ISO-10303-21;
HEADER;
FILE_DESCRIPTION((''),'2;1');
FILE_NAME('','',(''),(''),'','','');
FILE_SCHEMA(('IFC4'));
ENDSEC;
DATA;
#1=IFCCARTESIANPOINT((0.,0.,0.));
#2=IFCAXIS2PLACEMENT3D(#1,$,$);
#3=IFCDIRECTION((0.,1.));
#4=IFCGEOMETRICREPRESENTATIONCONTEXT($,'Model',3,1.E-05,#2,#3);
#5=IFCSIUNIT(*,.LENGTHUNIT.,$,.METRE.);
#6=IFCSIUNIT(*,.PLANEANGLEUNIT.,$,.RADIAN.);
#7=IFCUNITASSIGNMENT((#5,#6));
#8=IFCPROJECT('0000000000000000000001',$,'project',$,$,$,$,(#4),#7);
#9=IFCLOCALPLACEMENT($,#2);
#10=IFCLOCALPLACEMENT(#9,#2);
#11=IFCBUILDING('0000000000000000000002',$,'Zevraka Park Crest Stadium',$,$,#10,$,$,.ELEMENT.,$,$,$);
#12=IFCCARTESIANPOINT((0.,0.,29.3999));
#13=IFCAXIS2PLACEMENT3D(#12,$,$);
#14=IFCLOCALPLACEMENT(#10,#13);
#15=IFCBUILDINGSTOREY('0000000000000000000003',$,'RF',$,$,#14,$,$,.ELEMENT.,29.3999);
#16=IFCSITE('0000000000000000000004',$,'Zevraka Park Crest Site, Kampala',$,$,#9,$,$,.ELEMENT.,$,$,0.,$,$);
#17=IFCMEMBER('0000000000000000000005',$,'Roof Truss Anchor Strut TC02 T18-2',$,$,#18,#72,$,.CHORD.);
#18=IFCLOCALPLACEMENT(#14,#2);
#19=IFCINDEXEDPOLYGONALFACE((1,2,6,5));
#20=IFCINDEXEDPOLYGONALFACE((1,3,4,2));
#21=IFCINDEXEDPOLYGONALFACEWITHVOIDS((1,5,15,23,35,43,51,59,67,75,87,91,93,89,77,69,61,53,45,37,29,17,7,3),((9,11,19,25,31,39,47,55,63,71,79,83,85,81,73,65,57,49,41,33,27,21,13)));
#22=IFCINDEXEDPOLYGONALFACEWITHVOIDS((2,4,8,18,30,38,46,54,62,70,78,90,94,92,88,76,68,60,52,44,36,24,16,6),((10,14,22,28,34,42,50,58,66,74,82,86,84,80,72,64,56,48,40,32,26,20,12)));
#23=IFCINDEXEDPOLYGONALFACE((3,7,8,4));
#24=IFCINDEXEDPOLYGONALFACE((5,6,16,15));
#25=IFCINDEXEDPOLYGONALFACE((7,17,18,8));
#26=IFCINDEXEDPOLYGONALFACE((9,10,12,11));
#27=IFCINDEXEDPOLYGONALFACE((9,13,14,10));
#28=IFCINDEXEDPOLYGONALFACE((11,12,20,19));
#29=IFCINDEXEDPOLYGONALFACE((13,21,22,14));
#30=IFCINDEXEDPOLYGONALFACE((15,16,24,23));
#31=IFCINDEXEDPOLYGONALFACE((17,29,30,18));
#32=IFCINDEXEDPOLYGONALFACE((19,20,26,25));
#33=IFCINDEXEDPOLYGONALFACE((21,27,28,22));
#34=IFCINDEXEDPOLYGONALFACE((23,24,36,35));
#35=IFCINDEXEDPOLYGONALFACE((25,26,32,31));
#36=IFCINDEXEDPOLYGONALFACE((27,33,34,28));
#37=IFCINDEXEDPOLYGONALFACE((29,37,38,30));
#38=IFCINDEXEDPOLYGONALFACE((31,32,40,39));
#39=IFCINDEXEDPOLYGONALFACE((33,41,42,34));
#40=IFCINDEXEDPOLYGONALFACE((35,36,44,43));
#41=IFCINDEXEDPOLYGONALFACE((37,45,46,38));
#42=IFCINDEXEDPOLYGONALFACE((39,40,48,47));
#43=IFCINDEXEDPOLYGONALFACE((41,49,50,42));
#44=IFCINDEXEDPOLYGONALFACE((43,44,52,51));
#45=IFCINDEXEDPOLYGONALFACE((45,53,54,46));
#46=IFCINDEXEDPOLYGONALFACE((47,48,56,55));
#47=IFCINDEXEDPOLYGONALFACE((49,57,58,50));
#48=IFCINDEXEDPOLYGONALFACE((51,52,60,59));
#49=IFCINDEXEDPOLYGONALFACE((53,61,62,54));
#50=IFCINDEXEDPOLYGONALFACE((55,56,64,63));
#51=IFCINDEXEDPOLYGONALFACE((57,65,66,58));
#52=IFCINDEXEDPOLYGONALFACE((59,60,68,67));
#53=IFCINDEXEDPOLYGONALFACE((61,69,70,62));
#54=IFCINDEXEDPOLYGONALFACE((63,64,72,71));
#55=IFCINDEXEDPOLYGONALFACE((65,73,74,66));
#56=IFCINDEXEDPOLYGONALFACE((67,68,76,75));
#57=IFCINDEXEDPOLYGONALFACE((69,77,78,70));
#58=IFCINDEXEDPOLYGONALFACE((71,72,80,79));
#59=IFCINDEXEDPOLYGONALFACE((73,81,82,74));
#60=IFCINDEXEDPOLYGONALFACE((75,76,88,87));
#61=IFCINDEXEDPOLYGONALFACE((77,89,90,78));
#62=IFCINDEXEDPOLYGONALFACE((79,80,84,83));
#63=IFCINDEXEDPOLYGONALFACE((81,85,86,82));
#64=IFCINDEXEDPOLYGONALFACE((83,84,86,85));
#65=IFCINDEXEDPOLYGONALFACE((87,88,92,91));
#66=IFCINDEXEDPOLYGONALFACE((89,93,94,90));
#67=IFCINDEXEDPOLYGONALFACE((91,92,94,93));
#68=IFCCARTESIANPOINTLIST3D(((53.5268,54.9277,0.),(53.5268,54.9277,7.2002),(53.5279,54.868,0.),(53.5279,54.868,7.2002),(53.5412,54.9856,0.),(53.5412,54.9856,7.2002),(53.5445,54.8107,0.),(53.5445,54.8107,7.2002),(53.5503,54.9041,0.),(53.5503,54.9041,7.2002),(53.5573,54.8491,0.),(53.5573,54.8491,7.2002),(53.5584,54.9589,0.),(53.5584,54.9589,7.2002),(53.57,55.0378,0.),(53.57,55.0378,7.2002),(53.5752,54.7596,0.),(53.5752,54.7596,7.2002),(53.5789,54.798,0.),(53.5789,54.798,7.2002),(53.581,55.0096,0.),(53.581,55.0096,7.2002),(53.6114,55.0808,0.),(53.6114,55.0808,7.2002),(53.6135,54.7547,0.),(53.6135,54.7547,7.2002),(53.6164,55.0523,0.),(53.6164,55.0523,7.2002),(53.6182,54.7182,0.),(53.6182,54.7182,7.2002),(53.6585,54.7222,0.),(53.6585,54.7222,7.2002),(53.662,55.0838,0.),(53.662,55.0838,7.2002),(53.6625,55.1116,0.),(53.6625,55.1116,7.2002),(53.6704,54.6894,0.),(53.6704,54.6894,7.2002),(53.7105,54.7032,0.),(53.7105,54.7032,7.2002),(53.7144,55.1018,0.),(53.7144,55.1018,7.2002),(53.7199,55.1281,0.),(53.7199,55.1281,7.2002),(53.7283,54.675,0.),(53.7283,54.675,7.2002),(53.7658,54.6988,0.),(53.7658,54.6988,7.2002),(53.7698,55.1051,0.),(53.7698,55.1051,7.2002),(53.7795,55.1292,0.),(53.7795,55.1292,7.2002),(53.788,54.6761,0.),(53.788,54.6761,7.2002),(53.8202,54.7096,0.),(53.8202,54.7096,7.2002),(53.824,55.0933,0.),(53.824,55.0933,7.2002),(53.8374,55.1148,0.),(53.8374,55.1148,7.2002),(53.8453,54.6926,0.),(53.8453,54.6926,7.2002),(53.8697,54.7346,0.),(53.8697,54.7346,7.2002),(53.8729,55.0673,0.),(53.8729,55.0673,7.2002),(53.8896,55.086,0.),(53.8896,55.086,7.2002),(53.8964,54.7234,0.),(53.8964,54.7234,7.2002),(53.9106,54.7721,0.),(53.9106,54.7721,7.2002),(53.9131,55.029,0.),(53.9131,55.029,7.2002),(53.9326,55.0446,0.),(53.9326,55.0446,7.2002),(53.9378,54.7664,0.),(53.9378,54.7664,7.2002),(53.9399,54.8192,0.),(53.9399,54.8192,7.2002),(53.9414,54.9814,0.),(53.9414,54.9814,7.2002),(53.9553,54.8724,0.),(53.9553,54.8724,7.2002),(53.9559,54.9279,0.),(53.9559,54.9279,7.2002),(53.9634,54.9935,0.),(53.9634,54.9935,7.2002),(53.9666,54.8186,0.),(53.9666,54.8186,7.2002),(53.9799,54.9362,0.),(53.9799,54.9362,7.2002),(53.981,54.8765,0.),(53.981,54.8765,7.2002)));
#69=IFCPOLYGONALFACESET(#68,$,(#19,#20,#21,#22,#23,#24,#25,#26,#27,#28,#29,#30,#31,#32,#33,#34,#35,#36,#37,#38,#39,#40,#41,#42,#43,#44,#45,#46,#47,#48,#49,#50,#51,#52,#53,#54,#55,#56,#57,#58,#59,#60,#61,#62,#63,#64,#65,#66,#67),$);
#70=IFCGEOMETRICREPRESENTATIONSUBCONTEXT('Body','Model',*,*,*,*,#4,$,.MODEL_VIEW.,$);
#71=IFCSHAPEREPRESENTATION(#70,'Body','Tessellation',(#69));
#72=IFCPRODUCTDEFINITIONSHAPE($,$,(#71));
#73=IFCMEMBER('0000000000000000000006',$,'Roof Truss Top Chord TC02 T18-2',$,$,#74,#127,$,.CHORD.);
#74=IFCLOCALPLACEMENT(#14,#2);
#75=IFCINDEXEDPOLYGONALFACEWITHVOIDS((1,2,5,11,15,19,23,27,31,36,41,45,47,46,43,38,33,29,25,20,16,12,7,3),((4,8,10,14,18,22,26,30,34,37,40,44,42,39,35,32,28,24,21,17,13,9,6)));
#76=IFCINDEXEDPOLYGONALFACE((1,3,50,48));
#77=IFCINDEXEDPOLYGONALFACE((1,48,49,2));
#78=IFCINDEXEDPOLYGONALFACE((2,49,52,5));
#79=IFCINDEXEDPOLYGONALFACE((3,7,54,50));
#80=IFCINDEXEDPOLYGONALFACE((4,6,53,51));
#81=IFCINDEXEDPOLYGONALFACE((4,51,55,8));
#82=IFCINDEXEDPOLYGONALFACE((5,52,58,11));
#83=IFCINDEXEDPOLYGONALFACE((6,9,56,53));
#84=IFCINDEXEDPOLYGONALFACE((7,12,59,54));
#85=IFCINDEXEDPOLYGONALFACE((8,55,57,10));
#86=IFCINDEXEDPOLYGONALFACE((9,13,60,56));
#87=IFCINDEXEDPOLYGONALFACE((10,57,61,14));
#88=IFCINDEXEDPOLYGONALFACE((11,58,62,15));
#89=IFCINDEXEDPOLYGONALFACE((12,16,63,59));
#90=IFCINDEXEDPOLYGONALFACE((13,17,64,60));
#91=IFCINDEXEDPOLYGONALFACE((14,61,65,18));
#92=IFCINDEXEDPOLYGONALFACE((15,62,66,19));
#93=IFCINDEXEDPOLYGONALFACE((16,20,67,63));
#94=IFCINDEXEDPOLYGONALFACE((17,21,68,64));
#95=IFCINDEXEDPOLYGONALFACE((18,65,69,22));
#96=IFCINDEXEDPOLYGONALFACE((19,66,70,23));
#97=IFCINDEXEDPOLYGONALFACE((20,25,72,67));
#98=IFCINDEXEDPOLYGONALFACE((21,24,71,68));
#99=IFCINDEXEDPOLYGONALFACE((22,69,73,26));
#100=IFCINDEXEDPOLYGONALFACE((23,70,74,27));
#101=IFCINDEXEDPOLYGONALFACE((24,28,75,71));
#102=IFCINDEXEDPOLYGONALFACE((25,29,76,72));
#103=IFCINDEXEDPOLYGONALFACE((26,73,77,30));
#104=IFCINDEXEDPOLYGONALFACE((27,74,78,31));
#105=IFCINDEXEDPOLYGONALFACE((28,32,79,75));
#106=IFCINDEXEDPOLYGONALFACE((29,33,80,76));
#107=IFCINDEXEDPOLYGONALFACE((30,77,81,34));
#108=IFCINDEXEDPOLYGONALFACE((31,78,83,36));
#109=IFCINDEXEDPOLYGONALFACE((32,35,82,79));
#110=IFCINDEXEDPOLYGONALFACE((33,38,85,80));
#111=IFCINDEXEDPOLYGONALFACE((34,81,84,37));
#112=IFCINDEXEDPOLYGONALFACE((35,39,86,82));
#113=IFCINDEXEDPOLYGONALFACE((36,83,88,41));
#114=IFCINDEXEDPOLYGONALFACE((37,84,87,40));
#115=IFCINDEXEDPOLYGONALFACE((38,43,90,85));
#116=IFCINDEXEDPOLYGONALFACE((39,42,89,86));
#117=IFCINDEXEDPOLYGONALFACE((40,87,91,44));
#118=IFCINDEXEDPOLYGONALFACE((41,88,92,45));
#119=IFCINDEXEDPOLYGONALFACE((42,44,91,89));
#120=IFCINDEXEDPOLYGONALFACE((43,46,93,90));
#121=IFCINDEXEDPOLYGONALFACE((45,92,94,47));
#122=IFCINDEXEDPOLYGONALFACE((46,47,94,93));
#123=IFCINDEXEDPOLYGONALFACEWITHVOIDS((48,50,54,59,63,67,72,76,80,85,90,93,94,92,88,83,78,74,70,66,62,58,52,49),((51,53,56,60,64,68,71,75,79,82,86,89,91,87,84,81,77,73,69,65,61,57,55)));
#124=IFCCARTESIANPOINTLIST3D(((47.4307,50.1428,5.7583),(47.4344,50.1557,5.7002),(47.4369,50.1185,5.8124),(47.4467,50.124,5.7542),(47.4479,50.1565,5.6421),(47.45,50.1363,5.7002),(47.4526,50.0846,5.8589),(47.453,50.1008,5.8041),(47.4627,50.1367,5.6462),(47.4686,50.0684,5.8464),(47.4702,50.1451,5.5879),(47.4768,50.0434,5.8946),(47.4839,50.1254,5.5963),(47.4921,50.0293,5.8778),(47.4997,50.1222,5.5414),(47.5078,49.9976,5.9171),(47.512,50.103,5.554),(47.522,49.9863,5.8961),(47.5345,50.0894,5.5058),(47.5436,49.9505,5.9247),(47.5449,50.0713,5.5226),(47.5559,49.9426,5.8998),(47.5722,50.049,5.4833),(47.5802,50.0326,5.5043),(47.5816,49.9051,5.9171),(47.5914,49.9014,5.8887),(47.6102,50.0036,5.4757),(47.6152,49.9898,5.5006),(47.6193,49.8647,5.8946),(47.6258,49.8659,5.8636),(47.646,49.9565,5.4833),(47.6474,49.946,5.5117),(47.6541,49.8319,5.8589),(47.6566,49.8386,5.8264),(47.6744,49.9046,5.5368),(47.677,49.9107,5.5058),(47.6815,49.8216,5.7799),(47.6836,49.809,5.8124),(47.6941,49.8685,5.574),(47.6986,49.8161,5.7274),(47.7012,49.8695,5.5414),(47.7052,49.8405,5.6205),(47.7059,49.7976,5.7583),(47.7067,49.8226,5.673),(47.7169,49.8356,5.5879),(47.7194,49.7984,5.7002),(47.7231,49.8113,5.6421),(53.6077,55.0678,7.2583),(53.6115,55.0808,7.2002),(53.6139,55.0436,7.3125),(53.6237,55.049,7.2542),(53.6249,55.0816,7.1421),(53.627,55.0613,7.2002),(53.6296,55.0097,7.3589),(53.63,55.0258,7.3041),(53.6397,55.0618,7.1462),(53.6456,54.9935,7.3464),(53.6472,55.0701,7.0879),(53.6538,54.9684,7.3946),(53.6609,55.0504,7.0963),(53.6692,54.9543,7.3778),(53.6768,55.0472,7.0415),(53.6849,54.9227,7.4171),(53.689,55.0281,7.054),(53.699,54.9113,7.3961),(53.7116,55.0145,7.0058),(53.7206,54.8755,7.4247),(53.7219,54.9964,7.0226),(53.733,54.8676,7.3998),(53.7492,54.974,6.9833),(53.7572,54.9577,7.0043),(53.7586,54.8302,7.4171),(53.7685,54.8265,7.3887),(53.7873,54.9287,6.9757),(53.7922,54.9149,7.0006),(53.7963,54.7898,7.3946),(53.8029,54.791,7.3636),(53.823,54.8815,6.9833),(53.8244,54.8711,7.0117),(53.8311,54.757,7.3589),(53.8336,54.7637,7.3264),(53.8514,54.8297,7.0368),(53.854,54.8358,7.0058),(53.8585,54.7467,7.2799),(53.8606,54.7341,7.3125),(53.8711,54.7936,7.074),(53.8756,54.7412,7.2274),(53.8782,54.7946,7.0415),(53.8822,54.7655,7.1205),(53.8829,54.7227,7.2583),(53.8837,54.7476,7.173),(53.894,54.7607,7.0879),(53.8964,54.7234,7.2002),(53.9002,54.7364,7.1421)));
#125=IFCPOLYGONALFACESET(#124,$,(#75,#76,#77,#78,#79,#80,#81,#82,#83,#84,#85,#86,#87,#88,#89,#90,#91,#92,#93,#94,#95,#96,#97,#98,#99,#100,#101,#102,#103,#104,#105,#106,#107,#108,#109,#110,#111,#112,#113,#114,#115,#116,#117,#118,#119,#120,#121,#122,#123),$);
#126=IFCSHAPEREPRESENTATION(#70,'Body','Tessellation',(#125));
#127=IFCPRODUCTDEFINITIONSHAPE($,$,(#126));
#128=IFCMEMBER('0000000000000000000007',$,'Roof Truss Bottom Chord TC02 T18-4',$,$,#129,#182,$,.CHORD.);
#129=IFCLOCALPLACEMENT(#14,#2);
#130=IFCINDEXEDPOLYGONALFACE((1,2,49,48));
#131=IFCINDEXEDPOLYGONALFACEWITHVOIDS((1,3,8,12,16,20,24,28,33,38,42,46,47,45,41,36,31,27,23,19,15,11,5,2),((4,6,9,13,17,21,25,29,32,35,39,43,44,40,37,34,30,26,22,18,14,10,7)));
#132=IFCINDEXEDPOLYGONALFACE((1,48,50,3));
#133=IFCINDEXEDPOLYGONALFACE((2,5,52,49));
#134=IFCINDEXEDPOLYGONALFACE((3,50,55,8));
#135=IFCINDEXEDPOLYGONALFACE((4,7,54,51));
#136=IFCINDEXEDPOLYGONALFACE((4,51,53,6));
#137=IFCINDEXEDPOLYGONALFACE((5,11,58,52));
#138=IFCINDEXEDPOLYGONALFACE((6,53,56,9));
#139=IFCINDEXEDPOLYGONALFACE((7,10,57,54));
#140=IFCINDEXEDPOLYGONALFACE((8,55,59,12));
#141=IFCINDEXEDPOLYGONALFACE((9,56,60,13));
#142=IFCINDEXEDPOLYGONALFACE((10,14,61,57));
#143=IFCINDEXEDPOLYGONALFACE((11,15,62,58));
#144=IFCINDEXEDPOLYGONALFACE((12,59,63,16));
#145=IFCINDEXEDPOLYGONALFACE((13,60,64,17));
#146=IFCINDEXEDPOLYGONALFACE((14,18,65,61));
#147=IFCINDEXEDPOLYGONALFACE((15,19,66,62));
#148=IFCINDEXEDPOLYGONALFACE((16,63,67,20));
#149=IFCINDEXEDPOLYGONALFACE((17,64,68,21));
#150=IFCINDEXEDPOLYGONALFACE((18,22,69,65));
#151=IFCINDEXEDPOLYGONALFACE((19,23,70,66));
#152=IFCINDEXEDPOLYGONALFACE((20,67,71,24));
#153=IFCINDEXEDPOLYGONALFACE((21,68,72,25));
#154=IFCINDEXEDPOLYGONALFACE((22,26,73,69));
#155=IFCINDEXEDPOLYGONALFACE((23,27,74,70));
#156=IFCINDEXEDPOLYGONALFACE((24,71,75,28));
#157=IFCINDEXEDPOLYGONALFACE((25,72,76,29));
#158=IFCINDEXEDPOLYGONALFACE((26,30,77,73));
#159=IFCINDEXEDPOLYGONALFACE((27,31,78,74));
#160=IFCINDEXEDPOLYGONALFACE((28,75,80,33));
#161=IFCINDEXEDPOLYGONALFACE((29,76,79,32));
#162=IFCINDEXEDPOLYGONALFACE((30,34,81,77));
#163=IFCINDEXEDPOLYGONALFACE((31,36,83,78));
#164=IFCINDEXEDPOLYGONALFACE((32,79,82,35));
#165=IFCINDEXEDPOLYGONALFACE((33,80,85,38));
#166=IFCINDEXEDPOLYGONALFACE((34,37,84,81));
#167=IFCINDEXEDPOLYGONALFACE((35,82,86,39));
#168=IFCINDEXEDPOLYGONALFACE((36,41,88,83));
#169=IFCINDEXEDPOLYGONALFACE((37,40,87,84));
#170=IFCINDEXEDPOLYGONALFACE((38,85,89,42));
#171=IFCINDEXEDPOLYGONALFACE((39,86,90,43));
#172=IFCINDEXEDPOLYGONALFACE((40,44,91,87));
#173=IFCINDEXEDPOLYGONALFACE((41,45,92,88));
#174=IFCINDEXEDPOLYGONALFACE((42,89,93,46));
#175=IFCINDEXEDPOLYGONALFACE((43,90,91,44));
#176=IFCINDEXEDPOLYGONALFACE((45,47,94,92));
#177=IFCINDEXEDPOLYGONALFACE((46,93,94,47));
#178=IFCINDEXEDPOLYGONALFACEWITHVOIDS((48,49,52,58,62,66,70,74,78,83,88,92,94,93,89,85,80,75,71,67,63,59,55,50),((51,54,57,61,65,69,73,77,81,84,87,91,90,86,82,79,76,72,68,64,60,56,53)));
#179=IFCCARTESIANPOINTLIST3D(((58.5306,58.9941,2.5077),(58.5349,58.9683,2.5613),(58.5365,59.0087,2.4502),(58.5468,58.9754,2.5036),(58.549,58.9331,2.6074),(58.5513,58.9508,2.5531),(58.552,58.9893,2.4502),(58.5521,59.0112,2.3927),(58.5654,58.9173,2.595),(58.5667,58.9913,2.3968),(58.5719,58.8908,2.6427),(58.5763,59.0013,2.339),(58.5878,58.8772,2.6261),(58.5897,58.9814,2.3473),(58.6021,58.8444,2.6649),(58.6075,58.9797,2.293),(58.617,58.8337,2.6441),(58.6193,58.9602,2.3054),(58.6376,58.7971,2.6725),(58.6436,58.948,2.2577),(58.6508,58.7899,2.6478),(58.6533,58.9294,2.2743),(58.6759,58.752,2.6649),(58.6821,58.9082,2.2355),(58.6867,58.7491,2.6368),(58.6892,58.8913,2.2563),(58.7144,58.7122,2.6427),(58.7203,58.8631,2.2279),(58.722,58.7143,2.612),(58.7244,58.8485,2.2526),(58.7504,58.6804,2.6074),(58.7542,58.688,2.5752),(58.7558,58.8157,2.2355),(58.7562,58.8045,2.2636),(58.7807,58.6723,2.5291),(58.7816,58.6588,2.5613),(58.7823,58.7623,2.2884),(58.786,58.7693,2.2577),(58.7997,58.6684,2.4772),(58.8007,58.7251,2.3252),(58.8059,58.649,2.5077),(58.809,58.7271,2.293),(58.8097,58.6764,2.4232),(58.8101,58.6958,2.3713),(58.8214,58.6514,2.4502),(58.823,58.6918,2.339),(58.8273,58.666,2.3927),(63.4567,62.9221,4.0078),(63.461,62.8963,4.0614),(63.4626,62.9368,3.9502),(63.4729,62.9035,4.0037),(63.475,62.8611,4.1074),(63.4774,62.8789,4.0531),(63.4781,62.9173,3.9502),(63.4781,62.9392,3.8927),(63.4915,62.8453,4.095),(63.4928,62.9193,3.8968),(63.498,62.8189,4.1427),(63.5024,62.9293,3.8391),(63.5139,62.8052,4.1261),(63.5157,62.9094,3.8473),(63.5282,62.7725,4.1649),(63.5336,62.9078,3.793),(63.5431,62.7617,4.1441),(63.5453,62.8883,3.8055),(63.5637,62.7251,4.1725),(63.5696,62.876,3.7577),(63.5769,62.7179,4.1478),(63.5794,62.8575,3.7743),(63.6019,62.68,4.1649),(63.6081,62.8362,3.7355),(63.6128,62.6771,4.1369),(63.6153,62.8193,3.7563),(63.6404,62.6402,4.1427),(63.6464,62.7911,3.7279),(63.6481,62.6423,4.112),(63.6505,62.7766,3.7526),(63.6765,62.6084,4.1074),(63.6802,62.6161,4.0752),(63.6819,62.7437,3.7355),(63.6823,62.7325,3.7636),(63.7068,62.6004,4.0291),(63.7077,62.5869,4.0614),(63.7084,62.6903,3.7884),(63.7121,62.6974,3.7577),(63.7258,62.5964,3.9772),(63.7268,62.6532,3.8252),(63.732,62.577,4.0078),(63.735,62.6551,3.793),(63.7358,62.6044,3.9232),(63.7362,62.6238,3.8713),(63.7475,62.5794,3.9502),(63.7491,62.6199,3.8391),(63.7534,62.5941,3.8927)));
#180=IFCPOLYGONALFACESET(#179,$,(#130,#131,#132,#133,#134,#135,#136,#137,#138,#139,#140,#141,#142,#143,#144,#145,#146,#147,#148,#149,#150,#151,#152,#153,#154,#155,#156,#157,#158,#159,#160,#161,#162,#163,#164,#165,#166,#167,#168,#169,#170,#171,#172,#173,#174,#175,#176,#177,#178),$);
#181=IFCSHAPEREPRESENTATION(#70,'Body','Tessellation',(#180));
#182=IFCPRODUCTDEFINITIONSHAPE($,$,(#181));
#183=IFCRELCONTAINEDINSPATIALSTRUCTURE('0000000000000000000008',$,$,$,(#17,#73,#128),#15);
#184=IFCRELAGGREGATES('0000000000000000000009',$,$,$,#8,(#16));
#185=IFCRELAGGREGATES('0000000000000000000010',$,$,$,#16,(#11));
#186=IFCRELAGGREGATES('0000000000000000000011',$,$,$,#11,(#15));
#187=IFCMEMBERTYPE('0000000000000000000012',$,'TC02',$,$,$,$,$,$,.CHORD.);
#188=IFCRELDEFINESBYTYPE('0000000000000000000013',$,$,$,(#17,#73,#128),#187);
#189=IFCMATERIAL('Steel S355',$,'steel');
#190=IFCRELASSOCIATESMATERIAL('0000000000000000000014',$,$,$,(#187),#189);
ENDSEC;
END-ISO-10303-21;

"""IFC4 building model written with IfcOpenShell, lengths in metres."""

from ifc_helpers import new_model, si_unit, direction, frame, origin, origin_2d, place, context, subcontext, project, spatial, hollow_circle, extrude, material, material_profile, profile_set, type_object, element, save


model = new_model("IFC4")

# Units and contexts
model_context = context("Model", 3, precision=1e-05, world=origin(), true_north=direction((0.0, 1.0)))
body_context = subcontext(model_context, "Body", "Model", "MODEL_VIEW")
ifc_project = project(units=[si_unit("LENGTHUNIT", "METRE"), si_unit("PLANEANGLEUNIT", "RADIAN")], contexts=[model_context])

# Site, building, storey
site_placement = place(None, origin())
site = spatial("IfcSite", under=ifc_project, at=site_placement, Name="Zevraka Park Crest Site, Kampala", CompositionType="ELEMENT", RefElevation=0.0)
building_placement = place(site_placement, origin())
building = spatial("IfcBuilding", under=site, at=building_placement, Name="Zevraka Park Crest Stadium", CompositionType="ELEMENT")
storey_placement = place(building_placement, frame((0.0, 0.0, 29.3999)))
storey = spatial("IfcBuildingStorey", under=building, at=storey_placement, Name="RF", CompositionType="ELEMENT", Elevation=29.3999)

# Members
ifc_material_1 = material(Name="Steel S355", Category="steel")
ifc_material_profile_1 = material_profile(ifc_material_1, hollow_circle(Radius=0.2285, WallThickness=0.0249, at=origin_2d()), Name="CHS 457.0x25")
ifc_profile_set_1 = profile_set([ifc_material_profile_1], Name="Steel S355")
member_type_1 = type_object("IfcMemberType", Name="TC02", PredefinedType="CHORD", material=ifc_profile_set_1)
member_1_placement = place(storey_placement, frame((53.7539, 54.9021, 0.0), z_axis=(0.0, 0.0, 1.0), x_axis=(0.781847, 0.62347, 0.0)))
element("IfcMember", 1, at=member_1_placement, inside=storey, type_object=member_type_1, Name="Roof Truss Anchor Strut TC02 T18-2", PredefinedType="CHORD", context=body_context, shape_type="SweptSolid", body=[
    extrude(hollow_circle(Radius=0.2285, WallThickness=0.0249, at=origin_2d()), origin(), (0.0, 0.0, 1.0), 7.2002),
])
member_2_placement = place(storey_placement, frame((47.5769, 49.9771, 5.7002), z_axis=(0.768166, 0.612474, 0.186539), x_axis=(-0.623417, 0.78189, 0.0)))
element("IfcMember", 2, at=member_2_placement, inside=storey, type_object=member_type_1, Name="Roof Truss Top Chord TC02 T18-2", PredefinedType="CHORD", context=body_context, shape_type="SweptSolid", body=[
    extrude(hollow_circle(Radius=0.2285, WallThickness=0.0249, at=origin_2d()), origin(), (0.0, 0.0, 1.0), 8.0413),
])
member_3_placement = place(storey_placement, frame((58.679, 58.8301, 2.4502), z_axis=(0.760603, 0.606499, 0.231607), x_axis=(-0.623451, 0.781862, 0.0)))
element("IfcMember", 3, at=member_3_placement, inside=storey, type_object=member_type_1, Name="Roof Truss Bottom Chord TC02 T18-4", PredefinedType="CHORD", context=body_context, shape_type="SweptSolid", body=[
    extrude(hollow_circle(Radius=0.2285, WallThickness=0.0249, at=origin_2d()), origin(), (0.0, 0.0, 1.0), 6.4766),
])

save(model, "model.ifc")
